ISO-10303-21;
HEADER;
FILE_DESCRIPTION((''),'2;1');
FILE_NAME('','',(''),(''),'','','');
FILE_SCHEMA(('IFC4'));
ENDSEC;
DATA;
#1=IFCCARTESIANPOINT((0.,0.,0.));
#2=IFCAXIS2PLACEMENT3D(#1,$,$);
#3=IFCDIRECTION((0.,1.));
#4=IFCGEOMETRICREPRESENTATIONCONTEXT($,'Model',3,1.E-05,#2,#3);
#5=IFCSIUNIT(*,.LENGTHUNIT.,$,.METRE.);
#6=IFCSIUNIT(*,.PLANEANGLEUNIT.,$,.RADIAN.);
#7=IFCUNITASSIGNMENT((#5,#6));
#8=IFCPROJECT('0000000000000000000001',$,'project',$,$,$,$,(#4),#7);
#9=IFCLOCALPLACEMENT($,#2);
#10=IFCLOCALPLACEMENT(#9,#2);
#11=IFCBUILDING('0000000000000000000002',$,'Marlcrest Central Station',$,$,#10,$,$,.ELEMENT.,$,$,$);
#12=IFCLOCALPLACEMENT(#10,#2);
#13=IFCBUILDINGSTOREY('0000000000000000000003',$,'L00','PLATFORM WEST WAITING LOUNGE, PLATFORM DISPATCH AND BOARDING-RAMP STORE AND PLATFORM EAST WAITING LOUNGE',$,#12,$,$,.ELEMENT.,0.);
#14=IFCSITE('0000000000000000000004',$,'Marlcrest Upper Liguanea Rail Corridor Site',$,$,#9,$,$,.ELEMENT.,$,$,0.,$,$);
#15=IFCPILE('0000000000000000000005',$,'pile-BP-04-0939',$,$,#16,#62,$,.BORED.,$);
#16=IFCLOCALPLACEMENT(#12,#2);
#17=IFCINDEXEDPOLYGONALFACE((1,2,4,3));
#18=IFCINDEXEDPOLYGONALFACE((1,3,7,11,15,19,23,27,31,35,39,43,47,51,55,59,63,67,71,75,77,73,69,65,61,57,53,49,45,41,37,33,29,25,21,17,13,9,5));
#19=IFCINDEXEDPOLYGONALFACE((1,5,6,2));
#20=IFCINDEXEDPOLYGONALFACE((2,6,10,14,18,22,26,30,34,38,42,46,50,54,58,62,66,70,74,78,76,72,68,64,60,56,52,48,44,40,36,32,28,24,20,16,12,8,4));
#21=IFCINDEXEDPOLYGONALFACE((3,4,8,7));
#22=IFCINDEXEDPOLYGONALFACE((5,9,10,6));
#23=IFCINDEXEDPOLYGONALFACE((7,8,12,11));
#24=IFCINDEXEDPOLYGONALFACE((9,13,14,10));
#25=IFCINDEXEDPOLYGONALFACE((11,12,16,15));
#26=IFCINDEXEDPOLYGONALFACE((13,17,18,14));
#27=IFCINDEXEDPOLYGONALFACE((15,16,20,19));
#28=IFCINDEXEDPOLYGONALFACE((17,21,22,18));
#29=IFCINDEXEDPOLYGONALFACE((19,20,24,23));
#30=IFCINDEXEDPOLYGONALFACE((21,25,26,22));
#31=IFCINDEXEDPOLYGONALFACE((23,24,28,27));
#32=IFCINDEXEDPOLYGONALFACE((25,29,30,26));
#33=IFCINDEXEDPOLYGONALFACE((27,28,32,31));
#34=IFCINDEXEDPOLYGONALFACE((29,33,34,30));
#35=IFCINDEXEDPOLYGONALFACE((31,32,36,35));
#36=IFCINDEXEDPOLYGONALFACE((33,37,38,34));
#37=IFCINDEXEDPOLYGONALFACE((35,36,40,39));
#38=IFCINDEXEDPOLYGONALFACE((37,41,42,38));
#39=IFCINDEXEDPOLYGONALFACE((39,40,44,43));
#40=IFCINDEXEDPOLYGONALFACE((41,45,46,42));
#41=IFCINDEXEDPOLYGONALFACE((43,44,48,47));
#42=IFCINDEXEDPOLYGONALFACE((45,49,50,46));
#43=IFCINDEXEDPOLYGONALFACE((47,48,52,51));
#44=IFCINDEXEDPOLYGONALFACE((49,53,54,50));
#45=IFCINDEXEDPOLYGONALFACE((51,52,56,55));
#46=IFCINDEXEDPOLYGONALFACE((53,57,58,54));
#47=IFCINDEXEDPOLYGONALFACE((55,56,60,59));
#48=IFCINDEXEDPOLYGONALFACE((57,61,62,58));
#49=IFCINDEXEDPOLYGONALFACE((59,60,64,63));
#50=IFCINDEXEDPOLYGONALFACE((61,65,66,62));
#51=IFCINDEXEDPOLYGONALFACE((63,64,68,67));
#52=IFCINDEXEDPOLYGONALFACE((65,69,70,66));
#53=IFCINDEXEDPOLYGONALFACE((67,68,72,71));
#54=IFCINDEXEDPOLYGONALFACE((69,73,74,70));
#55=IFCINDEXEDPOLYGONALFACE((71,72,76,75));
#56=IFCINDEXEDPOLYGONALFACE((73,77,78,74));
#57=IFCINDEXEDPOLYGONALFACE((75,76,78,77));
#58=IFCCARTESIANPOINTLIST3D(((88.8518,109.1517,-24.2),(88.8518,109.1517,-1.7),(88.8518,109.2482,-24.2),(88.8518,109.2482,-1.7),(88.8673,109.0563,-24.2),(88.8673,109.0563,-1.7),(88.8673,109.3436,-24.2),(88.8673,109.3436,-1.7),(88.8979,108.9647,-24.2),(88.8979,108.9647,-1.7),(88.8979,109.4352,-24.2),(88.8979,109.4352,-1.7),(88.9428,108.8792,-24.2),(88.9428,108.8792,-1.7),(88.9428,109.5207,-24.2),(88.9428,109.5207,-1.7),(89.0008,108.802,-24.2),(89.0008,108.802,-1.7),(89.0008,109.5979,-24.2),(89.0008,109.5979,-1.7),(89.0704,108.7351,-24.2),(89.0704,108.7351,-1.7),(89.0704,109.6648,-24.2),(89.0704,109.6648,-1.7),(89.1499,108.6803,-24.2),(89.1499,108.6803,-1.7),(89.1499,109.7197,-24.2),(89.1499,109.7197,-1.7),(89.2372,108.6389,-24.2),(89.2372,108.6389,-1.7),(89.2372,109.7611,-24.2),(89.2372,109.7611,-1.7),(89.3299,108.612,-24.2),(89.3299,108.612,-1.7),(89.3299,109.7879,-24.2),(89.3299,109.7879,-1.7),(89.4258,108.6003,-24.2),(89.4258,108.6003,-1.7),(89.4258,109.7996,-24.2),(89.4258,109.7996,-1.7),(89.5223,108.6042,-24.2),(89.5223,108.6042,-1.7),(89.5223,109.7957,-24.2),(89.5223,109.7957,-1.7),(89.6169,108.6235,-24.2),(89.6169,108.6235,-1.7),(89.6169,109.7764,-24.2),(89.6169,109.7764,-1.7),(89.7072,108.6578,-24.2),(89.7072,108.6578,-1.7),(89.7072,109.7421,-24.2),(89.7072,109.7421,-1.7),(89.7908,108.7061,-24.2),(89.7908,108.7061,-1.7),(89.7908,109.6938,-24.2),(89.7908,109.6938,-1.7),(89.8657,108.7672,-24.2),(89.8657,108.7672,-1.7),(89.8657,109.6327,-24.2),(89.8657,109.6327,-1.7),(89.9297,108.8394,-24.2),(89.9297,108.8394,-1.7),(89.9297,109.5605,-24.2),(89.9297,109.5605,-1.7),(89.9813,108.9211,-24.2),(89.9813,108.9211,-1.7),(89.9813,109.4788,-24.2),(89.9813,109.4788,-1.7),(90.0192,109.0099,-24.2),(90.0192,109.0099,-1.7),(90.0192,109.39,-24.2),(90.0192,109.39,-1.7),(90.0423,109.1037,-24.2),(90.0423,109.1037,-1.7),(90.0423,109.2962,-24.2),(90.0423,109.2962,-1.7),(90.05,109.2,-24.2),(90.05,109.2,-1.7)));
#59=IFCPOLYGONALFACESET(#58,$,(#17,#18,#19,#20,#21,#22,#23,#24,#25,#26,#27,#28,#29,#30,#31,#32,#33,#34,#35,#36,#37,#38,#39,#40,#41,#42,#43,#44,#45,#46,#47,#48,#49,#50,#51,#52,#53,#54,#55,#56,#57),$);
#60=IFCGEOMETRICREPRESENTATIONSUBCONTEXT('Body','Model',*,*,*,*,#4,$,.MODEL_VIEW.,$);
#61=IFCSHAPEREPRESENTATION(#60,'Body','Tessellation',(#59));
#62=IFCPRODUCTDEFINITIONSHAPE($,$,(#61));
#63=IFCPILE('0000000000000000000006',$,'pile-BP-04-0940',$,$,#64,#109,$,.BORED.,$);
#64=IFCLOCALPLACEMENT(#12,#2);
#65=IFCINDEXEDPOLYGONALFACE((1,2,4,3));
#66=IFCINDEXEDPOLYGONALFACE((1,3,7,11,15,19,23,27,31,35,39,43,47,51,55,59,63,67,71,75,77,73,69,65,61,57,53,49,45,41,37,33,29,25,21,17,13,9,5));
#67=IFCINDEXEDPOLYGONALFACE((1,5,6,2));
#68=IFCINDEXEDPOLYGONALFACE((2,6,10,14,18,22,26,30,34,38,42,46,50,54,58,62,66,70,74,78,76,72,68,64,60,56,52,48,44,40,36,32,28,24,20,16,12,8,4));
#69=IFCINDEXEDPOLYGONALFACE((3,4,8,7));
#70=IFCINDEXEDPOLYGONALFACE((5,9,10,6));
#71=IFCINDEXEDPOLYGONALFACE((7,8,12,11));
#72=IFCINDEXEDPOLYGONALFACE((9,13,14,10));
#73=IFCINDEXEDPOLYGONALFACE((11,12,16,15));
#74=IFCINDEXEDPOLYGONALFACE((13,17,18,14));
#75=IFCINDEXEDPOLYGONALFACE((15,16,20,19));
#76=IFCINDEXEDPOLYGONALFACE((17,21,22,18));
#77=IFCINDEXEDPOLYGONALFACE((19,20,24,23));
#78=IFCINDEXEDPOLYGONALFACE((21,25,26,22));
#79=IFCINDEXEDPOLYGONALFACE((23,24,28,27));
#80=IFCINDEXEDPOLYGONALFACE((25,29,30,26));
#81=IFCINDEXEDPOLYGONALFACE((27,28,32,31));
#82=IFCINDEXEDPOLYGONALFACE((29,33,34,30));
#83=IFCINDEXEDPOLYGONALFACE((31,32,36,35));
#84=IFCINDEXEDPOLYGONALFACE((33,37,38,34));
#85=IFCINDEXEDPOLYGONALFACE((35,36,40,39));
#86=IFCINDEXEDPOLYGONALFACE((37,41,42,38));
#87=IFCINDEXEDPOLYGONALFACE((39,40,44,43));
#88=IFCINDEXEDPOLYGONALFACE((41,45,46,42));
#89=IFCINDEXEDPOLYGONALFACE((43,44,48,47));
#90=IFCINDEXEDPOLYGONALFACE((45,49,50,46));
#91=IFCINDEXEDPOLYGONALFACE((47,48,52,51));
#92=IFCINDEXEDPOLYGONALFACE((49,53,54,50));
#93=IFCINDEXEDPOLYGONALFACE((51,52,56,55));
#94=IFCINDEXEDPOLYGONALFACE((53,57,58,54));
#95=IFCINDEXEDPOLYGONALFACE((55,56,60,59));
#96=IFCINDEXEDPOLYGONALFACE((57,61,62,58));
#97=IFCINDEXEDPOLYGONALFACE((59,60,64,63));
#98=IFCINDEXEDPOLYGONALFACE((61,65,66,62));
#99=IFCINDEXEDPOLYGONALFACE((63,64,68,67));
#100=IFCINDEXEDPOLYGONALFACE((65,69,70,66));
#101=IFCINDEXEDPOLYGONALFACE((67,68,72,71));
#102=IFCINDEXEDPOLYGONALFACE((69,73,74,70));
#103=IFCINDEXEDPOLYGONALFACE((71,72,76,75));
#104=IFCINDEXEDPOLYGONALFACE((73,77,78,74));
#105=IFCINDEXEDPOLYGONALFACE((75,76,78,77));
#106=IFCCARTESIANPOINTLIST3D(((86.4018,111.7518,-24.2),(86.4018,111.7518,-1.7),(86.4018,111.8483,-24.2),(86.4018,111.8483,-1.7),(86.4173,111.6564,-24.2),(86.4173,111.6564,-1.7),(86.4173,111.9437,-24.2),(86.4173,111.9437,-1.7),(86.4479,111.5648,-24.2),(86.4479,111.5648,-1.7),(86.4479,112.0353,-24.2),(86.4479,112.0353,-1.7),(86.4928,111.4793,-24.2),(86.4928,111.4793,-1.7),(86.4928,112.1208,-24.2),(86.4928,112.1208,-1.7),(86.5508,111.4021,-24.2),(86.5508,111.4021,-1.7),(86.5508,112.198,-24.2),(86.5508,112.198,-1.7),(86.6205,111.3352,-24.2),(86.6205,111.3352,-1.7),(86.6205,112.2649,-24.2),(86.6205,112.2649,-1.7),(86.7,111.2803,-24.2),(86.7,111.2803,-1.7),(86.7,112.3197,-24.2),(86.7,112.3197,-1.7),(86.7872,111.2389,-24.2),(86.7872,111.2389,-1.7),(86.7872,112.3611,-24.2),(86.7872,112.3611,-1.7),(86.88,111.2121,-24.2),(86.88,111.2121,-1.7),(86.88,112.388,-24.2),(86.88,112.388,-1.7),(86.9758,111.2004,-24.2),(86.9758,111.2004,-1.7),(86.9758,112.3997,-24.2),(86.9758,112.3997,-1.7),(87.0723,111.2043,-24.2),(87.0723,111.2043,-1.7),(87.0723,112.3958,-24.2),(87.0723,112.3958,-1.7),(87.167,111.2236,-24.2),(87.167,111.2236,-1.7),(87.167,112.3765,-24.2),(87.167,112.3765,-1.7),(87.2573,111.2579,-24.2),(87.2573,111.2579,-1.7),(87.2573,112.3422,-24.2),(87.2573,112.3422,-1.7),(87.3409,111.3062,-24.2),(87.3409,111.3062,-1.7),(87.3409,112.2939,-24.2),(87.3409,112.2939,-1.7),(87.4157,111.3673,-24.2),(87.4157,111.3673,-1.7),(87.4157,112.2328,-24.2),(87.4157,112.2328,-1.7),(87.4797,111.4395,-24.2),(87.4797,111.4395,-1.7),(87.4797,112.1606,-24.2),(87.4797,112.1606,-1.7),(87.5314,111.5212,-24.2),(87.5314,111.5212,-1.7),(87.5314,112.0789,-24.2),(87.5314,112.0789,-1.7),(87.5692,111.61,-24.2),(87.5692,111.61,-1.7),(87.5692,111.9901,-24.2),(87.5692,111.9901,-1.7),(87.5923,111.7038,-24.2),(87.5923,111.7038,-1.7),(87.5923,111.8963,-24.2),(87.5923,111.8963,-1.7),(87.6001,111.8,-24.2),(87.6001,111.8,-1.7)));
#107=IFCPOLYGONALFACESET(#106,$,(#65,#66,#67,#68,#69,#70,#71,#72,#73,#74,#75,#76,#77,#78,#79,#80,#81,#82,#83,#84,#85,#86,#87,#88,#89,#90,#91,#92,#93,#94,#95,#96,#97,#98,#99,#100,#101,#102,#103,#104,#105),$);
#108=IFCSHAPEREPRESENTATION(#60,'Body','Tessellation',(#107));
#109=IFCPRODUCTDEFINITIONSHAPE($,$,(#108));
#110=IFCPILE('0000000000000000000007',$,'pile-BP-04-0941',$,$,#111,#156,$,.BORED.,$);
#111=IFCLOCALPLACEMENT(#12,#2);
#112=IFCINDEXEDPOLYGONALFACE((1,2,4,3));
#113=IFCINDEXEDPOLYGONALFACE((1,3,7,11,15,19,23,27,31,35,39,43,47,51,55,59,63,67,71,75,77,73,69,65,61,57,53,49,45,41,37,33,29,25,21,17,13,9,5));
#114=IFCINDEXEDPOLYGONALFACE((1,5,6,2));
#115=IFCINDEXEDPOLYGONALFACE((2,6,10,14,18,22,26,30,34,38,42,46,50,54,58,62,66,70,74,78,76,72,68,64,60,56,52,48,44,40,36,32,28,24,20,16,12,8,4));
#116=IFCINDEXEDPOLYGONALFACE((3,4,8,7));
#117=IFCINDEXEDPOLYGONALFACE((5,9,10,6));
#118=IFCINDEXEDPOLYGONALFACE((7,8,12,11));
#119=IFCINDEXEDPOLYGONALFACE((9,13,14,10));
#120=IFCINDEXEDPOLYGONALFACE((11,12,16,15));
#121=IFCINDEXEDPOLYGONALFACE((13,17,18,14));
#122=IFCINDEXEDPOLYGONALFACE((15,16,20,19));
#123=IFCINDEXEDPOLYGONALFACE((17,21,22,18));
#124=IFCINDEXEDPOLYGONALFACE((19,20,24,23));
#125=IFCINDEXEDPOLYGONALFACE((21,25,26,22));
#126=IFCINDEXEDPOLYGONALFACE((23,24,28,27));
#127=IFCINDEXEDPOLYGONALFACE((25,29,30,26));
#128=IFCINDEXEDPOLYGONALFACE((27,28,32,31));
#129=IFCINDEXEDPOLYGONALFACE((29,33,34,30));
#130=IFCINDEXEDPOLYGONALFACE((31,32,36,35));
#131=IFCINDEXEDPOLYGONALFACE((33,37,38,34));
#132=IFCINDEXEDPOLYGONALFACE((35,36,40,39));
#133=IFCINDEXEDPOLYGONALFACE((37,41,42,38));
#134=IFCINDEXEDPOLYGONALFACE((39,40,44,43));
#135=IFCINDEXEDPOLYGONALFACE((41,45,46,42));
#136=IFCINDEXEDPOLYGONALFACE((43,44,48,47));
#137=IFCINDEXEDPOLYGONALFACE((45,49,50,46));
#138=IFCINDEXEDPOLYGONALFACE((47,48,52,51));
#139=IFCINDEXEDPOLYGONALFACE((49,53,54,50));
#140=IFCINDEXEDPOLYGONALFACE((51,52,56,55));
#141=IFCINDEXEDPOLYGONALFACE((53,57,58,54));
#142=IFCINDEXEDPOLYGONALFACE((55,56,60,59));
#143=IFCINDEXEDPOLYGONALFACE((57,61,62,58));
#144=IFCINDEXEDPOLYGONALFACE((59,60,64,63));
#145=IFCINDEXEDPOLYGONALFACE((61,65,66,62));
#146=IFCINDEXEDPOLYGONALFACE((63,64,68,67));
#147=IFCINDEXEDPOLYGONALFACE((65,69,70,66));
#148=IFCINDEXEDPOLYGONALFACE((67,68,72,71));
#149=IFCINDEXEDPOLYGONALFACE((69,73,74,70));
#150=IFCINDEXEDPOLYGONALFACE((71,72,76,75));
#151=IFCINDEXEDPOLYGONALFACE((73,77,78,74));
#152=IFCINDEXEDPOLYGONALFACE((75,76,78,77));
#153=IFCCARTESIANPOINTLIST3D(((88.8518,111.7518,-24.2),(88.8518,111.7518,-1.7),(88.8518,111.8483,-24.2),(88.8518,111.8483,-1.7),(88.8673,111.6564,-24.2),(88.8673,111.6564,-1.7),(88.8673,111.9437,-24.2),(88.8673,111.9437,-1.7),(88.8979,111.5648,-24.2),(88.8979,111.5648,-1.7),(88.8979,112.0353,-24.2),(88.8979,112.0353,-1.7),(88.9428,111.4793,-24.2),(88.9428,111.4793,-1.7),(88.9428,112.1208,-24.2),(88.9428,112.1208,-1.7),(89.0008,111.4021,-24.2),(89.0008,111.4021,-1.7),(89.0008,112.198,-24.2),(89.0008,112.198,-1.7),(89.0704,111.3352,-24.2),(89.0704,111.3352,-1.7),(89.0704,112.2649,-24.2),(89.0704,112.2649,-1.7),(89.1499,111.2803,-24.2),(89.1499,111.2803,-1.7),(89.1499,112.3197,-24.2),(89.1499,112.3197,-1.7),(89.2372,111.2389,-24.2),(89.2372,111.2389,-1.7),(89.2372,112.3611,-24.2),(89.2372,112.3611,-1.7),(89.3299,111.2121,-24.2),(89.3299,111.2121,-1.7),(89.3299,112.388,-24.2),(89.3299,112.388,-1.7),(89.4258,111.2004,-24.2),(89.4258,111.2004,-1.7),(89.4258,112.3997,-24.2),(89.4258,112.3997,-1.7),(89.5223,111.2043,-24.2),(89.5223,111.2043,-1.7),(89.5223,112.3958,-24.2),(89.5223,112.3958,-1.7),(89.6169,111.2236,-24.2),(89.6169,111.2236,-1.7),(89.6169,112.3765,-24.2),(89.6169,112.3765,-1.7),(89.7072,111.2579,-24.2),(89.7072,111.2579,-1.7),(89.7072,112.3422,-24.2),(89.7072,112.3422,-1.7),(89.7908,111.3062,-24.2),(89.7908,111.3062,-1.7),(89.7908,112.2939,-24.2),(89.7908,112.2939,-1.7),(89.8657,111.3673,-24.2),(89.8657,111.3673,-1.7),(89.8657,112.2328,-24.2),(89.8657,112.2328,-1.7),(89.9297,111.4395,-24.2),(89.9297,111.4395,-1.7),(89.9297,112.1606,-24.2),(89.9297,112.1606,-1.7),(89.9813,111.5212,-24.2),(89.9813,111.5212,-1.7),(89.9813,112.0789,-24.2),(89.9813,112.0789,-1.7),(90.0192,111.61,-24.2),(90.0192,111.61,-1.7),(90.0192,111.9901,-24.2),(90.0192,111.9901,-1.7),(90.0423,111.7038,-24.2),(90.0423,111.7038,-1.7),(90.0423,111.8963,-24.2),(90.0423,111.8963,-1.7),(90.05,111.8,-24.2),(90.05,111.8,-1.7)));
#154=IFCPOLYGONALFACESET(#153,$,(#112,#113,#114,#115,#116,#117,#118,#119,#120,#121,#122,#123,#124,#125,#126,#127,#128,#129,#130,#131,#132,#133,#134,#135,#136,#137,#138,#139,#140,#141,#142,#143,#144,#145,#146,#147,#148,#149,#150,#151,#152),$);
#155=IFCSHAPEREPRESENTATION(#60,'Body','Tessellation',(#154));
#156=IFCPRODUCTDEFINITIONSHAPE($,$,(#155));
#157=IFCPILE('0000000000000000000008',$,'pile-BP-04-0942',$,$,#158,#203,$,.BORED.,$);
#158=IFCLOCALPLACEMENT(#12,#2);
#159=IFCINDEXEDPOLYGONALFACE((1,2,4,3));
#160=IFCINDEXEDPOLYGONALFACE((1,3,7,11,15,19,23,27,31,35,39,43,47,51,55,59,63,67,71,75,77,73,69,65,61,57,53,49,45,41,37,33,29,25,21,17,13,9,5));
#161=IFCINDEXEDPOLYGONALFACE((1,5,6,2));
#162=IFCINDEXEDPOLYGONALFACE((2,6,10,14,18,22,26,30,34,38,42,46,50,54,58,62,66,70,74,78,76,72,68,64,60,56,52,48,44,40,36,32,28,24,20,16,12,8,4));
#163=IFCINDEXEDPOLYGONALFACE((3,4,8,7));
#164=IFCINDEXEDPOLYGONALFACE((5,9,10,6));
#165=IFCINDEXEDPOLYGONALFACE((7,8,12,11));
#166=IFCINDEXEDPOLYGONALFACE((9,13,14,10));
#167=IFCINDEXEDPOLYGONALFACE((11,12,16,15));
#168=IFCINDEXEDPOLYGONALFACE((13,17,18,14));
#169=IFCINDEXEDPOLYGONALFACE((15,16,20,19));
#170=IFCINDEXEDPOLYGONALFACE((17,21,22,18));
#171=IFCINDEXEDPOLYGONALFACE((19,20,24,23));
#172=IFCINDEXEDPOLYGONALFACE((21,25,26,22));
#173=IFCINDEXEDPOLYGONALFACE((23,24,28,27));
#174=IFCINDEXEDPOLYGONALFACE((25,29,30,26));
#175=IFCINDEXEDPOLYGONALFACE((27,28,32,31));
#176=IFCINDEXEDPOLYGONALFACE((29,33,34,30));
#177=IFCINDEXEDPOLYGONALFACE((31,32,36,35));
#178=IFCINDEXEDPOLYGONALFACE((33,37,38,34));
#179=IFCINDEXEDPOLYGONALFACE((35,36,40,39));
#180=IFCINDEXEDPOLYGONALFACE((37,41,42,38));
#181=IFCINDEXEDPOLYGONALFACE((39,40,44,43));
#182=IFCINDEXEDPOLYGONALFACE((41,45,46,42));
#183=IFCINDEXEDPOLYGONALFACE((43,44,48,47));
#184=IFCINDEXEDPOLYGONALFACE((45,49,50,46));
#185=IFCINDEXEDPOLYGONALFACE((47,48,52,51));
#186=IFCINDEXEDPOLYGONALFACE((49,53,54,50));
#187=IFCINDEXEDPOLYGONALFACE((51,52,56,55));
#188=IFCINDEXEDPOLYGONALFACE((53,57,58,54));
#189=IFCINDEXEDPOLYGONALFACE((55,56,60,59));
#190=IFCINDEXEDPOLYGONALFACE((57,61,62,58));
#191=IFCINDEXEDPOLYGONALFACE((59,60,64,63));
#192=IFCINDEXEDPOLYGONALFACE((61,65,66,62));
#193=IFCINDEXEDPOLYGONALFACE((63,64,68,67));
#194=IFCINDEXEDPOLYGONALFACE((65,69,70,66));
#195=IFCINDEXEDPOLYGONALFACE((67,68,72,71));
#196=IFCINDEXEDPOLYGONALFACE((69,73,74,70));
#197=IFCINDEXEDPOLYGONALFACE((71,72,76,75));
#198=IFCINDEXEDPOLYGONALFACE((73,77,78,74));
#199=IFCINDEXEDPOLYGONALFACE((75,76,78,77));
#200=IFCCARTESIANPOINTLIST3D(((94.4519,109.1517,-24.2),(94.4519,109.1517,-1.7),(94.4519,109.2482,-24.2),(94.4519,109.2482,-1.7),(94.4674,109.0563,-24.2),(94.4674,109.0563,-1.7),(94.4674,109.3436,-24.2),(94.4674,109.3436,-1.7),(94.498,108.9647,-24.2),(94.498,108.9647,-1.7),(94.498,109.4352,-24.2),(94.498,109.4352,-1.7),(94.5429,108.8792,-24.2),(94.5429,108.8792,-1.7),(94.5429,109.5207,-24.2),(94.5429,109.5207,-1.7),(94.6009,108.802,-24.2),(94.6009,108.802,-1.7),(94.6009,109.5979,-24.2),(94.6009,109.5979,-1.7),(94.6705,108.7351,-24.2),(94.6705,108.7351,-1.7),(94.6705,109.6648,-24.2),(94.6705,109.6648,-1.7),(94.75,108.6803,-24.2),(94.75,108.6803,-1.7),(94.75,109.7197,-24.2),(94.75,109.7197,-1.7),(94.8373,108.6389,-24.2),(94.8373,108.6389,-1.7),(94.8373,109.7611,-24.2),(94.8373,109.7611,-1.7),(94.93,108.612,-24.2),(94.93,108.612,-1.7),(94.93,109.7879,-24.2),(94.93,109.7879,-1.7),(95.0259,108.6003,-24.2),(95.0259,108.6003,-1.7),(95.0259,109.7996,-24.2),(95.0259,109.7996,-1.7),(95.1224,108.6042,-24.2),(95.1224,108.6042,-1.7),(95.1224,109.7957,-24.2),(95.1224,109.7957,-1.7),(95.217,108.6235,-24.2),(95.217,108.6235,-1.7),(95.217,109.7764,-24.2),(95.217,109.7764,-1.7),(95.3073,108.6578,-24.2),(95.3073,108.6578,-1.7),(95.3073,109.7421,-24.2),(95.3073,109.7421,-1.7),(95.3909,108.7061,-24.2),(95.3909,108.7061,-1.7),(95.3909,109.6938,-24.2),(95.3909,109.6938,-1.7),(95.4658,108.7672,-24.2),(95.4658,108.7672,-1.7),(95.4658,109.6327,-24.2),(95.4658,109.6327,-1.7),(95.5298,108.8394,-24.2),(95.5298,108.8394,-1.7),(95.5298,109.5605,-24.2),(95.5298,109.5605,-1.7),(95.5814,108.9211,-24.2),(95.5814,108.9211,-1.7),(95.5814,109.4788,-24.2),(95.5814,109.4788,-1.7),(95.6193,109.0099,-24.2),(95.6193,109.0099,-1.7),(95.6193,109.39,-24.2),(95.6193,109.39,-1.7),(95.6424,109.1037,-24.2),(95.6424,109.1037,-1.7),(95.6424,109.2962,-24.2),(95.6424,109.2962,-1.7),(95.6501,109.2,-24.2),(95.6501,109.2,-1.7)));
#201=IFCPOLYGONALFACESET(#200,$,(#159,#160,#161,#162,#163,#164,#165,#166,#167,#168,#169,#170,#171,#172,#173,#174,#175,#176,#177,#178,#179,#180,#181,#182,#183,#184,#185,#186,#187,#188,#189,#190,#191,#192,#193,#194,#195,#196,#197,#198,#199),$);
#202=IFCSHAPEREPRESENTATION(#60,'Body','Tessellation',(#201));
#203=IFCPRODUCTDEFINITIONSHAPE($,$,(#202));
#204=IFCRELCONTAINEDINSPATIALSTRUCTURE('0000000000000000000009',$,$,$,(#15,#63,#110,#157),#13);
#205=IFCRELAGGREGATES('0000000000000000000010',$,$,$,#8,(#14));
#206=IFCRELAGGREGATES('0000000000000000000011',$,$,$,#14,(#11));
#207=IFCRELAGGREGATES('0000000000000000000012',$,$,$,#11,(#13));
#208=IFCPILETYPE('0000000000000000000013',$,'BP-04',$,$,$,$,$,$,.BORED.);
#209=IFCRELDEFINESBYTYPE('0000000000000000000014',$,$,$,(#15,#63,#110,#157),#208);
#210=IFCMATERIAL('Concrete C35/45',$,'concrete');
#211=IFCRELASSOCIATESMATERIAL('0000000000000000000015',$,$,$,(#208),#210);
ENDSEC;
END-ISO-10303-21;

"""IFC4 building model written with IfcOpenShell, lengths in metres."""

from ifc_helpers import new_model, si_unit, direction, frame, origin, origin_2d, place, context, subcontext, project, spatial, circle, extrude, material, material_profile, profile_set, type_object, element, save


model = new_model("IFC4")

# Units and contexts
model_context = context("Model", 3, precision=1e-05, world=origin(), true_north=direction((0.0, 1.0)))
body_context = subcontext(model_context, "Body", "Model", "MODEL_VIEW")
ifc_project = project(units=[si_unit("LENGTHUNIT", "METRE"), si_unit("PLANEANGLEUNIT", "RADIAN")], contexts=[model_context])

# Site, building, storey
site_placement = place(None, origin())
site = spatial("IfcSite", under=ifc_project, at=site_placement, Name="Marlcrest Upper Liguanea Rail Corridor Site", CompositionType="ELEMENT", RefElevation=0.0)
building_placement = place(site_placement, origin())
building = spatial("IfcBuilding", under=site, at=building_placement, Name="Marlcrest Central Station", CompositionType="ELEMENT")
storey_placement = place(building_placement, origin())
storey = spatial("IfcBuildingStorey", under=building, at=storey_placement, Name="L00", Description="PLATFORM WEST WAITING LOUNGE, PLATFORM DISPATCH AND BOARDING-RAMP STORE AND PLATFORM EAST WAITING LOUNGE", CompositionType="ELEMENT", Elevation=0.0)

# Piles
ifc_material_1 = material(Name="Concrete C35/45", Category="concrete")
ifc_material_profile_1 = material_profile(ifc_material_1, circle(Radius=0.6001, at=origin_2d()), Name="PILE D1200")
ifc_profile_set_1 = profile_set([ifc_material_profile_1], Name="Concrete C35/45")
pile_type_1 = type_object("IfcPileType", Name="BP-04", PredefinedType="BORED", material=ifc_profile_set_1)
for number, where, z_axis, x_axis, name in (
    (1, (89.45, 109.2, -1.7), (0.0, 0.0, -1.0), (1.0, 0.0, 0.0), "pile-BP-04-0939"),
    (2, (87.0, 111.8, -1.7), (0.0, 0.0, -1.0), (1.0, 0.0, 0.0), "pile-BP-04-0940"),
    (3, (89.45, 111.8, -1.7), (0.0, 0.0, -1.0), (1.0, 0.0, 0.0), "pile-BP-04-0941"),
    (4, (95.05, 109.2, -1.7), (0.0, 0.0, -1.0), (1.0, 0.0, 0.0), "pile-BP-04-0942"),
):
    element("IfcPile", number, at=place(storey_placement, frame(where, z_axis=z_axis, x_axis=x_axis)), inside=storey, type_object=pile_type_1, Name=name, PredefinedType="BORED", context=body_context, shape_type="SweptSolid", body=[
        extrude(circle(Radius=0.6001, at=origin_2d()), origin(), (0.0, 0.0, 1.0), 22.5),
    ])

save(model, "model.ifc")
